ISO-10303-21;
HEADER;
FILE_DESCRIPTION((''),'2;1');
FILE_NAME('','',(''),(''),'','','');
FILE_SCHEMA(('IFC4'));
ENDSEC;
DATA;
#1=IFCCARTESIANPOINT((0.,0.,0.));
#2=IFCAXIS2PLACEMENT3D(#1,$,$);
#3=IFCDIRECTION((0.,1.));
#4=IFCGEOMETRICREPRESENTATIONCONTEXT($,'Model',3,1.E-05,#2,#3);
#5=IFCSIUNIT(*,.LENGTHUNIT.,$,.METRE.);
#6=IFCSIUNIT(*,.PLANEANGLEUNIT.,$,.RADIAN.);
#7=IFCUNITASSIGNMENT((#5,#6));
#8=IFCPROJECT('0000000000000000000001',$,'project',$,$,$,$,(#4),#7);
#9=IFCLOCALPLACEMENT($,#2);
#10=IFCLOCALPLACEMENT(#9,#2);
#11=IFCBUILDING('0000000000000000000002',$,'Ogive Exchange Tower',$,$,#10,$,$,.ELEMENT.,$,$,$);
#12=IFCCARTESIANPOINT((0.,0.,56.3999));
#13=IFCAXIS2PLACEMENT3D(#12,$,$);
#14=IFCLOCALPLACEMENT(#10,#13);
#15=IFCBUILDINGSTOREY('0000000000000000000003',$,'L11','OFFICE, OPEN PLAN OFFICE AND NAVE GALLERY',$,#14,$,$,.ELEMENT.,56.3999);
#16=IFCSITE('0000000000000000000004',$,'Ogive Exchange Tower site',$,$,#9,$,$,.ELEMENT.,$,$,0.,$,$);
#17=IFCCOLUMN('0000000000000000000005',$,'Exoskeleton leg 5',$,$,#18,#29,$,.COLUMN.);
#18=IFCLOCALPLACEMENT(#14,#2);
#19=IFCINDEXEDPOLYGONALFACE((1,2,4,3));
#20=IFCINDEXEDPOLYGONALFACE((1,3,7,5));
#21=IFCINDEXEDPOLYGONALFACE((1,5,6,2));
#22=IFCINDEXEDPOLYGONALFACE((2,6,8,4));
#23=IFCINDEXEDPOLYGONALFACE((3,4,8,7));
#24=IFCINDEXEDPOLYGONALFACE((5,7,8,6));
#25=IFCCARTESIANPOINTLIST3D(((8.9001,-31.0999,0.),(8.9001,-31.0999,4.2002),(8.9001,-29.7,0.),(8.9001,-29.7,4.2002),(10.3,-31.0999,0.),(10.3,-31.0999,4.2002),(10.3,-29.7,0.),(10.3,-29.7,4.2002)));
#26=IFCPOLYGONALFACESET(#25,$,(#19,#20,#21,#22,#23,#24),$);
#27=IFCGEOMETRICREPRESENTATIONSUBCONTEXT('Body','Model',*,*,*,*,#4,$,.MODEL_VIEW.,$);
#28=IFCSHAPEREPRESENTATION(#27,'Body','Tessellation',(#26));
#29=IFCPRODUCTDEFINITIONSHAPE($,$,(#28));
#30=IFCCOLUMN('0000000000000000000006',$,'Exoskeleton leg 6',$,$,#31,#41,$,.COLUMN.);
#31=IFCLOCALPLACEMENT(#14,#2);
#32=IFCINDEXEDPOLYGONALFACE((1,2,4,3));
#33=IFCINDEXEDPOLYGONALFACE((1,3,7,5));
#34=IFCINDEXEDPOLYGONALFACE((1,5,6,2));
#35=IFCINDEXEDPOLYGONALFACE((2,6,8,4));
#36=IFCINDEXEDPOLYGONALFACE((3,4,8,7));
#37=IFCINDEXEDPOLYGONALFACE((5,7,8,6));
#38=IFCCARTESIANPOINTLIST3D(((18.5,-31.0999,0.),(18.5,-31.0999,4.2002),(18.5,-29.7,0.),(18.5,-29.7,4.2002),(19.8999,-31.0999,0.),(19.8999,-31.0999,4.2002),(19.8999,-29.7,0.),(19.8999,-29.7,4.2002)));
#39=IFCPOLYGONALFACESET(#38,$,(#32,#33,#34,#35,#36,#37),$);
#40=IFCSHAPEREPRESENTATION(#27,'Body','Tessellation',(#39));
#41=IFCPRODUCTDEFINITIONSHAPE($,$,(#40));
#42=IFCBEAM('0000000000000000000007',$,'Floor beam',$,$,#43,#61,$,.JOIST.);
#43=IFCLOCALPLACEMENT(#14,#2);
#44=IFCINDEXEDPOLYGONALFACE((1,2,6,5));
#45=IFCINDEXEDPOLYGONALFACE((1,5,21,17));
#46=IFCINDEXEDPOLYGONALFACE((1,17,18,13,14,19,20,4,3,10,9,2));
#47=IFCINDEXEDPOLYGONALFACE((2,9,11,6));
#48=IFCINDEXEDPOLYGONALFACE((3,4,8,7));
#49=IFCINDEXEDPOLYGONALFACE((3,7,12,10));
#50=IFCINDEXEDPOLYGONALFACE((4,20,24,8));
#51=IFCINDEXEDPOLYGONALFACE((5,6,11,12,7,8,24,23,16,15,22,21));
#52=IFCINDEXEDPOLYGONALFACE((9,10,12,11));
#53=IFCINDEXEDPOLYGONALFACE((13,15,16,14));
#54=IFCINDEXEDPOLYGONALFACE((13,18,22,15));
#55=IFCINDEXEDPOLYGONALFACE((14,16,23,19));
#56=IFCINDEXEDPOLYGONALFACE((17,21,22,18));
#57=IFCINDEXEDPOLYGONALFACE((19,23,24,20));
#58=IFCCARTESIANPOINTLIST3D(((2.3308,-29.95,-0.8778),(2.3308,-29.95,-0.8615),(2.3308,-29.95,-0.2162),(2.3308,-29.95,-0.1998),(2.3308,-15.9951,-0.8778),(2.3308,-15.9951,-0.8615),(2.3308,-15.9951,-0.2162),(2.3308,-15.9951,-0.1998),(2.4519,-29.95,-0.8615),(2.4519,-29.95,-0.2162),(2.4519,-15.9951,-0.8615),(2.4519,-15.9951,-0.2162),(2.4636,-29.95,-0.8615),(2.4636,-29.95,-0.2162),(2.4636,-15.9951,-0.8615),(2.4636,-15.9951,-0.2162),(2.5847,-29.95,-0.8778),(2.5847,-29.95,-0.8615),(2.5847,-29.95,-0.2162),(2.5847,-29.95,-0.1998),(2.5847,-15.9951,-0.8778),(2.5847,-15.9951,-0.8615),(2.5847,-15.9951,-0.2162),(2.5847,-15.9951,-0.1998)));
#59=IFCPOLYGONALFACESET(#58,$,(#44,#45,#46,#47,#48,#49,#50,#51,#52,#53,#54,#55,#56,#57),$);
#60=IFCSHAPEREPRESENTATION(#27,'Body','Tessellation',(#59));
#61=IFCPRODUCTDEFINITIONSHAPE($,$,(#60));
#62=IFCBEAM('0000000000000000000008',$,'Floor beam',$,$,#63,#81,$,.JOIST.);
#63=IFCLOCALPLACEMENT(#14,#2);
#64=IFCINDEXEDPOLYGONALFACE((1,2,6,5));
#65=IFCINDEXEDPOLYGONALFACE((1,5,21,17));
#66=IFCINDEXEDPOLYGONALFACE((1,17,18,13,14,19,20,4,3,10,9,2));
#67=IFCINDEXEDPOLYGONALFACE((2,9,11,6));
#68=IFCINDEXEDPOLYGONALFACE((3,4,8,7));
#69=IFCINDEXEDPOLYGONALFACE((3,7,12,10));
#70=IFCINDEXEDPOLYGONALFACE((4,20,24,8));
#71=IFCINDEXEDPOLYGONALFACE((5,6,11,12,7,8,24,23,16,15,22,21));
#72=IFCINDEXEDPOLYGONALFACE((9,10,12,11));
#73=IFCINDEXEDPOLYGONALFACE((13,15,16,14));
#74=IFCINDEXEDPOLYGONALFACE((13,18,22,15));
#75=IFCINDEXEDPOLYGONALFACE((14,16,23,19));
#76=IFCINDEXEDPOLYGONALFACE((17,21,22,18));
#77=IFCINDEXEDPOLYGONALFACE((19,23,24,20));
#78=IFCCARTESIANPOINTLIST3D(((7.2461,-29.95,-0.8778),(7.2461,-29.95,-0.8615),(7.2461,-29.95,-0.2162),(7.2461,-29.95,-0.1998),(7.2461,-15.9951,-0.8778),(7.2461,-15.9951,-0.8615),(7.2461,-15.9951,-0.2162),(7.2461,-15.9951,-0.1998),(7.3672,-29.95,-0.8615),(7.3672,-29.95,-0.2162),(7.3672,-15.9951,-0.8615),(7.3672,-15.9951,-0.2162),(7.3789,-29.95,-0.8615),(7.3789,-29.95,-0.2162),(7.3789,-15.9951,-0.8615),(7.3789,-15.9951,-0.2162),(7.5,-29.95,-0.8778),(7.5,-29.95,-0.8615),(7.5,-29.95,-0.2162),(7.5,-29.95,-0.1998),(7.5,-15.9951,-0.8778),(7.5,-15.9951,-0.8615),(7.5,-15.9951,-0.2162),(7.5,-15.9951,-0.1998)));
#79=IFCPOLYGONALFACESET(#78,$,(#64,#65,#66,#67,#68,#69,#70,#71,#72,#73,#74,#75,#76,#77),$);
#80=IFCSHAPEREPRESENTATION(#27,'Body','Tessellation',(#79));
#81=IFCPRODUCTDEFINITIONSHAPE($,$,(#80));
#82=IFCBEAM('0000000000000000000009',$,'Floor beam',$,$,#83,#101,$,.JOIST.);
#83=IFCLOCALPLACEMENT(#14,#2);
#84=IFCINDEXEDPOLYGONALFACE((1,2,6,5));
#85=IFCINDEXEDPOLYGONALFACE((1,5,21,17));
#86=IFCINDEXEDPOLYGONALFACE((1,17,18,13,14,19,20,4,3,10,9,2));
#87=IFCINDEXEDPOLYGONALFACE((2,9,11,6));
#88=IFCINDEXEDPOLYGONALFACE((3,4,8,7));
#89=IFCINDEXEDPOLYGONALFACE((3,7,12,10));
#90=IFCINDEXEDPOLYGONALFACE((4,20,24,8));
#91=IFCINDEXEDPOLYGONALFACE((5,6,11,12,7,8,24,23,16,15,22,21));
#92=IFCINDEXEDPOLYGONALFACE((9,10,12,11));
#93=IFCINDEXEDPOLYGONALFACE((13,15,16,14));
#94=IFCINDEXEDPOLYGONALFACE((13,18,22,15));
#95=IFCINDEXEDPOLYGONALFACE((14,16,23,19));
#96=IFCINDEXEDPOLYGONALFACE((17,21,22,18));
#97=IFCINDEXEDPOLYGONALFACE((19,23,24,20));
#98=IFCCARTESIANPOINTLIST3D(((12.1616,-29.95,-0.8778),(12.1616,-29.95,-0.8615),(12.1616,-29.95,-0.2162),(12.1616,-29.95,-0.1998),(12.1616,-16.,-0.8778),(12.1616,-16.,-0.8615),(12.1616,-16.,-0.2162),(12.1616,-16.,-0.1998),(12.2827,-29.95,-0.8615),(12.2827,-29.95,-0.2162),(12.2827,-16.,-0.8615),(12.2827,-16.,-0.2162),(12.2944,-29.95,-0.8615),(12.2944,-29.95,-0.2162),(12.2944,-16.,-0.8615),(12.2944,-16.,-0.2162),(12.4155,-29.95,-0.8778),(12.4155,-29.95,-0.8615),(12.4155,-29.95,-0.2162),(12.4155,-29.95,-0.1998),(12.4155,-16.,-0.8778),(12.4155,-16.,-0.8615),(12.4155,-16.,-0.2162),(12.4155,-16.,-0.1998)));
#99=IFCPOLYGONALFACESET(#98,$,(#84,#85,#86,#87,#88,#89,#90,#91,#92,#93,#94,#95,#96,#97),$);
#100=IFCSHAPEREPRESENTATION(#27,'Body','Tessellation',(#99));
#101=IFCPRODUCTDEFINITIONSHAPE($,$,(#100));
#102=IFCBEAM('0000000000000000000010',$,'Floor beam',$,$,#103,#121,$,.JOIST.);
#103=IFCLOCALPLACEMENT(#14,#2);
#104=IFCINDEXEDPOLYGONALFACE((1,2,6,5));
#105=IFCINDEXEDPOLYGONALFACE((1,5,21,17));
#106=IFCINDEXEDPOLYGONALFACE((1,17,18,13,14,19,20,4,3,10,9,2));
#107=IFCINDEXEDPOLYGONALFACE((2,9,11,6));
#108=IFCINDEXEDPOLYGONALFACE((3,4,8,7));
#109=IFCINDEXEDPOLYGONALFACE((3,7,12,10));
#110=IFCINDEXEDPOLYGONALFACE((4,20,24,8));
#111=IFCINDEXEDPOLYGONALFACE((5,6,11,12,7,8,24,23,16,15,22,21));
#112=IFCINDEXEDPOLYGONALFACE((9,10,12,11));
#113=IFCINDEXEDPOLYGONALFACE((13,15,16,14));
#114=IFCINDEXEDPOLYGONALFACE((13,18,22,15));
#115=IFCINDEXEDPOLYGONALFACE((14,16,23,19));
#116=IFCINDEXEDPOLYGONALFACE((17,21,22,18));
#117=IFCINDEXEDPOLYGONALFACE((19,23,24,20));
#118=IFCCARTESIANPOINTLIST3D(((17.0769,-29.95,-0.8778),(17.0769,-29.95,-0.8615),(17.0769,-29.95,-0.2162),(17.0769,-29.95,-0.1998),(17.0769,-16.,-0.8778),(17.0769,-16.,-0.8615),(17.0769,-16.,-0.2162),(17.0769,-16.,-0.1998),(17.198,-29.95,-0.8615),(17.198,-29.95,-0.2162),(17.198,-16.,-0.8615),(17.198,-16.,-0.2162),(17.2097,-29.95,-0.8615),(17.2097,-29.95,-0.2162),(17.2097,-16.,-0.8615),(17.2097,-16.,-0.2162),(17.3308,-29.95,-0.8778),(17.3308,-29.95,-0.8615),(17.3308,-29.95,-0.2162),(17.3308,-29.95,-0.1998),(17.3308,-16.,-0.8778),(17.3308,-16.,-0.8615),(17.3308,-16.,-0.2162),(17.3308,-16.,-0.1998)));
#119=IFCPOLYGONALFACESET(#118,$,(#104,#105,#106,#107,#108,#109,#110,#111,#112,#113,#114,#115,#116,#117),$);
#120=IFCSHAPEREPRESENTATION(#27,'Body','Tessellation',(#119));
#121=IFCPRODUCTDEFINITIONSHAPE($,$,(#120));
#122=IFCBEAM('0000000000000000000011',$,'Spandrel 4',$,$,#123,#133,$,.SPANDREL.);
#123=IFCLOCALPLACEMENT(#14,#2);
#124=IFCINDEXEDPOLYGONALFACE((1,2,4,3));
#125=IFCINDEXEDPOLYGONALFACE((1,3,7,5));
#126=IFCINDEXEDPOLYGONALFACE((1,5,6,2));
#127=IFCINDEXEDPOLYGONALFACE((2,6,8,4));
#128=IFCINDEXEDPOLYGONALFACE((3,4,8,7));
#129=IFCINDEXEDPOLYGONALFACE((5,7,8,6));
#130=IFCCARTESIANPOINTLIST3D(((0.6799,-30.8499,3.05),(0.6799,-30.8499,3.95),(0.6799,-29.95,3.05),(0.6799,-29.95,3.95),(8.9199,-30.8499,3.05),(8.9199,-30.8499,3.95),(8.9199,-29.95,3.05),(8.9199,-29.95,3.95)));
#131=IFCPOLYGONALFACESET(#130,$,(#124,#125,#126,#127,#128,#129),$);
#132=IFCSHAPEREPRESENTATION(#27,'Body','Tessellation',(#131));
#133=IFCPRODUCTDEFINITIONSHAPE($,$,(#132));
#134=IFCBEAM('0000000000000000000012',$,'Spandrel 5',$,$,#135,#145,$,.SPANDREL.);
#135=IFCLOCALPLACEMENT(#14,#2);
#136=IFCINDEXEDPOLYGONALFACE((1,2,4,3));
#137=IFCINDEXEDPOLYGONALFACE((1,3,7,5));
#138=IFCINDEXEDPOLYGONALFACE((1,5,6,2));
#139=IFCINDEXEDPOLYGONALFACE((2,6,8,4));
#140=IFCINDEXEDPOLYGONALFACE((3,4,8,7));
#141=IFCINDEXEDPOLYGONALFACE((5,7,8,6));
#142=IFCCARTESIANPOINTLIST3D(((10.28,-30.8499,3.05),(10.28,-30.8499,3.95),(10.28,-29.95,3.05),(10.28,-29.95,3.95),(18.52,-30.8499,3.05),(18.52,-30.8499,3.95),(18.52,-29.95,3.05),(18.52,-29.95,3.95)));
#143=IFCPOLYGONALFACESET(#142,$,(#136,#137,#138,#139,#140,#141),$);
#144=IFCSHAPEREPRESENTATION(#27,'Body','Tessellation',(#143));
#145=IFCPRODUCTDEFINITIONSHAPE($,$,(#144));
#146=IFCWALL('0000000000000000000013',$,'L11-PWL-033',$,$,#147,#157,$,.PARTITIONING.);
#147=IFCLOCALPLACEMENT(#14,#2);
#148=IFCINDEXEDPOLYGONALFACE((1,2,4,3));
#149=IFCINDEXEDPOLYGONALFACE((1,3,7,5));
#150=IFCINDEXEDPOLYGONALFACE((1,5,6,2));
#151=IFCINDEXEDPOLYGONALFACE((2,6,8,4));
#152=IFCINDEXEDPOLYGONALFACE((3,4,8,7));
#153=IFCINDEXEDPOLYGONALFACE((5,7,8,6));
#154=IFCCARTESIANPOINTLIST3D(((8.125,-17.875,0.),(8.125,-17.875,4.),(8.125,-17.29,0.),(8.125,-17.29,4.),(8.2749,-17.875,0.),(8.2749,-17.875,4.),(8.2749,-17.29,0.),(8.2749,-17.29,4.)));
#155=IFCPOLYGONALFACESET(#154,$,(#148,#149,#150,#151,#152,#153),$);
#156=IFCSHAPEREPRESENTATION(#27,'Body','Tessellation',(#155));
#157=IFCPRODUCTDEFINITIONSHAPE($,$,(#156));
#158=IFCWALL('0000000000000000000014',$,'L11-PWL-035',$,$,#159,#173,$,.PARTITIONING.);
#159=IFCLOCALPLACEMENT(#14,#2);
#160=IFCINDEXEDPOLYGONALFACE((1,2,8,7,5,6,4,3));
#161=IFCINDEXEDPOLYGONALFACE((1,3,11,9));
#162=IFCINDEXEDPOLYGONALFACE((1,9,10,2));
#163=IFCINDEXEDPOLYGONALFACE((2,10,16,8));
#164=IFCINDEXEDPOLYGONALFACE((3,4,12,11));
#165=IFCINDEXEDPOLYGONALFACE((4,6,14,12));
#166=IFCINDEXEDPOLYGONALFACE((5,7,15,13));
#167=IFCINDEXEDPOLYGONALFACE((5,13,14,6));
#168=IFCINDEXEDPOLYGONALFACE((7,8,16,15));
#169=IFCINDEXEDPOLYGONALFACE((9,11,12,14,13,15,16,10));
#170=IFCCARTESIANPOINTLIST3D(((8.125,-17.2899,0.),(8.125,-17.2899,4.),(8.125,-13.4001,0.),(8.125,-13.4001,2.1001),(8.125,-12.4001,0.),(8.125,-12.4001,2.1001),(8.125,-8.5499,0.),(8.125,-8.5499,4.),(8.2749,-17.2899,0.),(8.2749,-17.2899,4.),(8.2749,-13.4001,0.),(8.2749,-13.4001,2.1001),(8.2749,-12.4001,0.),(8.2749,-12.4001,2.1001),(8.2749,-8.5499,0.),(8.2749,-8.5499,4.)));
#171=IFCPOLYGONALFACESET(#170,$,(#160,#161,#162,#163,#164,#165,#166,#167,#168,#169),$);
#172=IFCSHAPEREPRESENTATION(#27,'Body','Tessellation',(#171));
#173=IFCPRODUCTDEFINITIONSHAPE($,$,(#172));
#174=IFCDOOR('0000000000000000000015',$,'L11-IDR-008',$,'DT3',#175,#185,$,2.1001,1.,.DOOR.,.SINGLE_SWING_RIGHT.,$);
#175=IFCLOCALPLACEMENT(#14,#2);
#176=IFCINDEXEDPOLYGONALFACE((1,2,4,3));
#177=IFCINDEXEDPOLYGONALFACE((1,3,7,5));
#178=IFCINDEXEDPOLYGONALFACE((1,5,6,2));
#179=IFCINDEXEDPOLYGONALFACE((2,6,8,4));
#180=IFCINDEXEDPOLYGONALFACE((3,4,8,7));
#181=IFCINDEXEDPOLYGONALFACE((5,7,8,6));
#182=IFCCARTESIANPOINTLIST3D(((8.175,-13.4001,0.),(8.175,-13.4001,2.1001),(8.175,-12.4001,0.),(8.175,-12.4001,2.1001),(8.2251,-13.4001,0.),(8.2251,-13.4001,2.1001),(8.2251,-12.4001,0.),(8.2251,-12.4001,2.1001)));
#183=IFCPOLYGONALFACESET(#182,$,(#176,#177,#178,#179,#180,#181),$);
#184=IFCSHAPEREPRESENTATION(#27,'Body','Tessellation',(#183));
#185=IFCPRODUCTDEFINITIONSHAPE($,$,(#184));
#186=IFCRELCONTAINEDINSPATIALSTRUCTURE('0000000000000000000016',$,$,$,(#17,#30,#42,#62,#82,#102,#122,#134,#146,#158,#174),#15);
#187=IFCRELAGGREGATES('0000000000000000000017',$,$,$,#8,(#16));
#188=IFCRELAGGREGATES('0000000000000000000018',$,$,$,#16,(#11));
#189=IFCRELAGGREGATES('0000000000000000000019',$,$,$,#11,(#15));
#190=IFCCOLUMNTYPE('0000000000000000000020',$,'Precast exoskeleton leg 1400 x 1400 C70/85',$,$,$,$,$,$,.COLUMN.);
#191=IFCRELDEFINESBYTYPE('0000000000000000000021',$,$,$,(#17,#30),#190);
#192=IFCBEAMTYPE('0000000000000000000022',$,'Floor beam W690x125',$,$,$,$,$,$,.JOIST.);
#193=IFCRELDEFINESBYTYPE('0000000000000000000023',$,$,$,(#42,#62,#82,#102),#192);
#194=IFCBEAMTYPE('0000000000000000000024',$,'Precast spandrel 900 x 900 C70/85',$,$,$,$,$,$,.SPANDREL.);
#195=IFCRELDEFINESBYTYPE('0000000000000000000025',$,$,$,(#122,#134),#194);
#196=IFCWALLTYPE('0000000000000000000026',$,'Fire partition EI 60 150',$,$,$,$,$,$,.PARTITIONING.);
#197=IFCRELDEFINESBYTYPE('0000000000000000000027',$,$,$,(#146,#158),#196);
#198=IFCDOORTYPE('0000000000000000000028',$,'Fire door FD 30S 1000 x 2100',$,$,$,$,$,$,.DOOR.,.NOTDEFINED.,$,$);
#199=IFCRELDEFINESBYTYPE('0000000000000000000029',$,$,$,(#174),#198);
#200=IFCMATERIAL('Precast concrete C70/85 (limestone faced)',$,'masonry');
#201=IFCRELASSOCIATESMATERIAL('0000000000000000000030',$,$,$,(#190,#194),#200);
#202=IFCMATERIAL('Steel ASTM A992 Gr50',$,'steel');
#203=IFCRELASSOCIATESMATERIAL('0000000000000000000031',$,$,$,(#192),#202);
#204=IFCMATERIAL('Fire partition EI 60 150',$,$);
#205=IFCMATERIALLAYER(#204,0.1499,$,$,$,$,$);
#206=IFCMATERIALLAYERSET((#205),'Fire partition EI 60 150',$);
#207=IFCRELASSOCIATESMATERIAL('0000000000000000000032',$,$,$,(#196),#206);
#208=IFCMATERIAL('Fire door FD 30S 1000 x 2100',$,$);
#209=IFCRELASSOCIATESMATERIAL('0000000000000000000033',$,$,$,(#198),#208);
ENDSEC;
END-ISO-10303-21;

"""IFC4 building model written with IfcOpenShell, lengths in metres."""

from ifc_helpers import new_model, si_unit, direction, frame, frame_2d, origin, origin_2d, place, context, subcontext, project, spatial, rectangle, i_section, extrude, material, layer, layer_set, material_profile, profile_set, type_object, element, fill, save


model = new_model("IFC4")

# Units and contexts
model_context = context("Model", 3, precision=1e-05, world=origin(), true_north=direction((0.0, 1.0)))
body_context = subcontext(model_context, "Body", "Model", "MODEL_VIEW")
ifc_project = project(units=[si_unit("LENGTHUNIT", "METRE"), si_unit("PLANEANGLEUNIT", "RADIAN")], contexts=[model_context])

# Site, building, storey
site_placement = place(None, origin())
site = spatial("IfcSite", under=ifc_project, at=site_placement, Name="Ogive Exchange Tower site", CompositionType="ELEMENT", RefElevation=0.0)
building_placement = place(site_placement, origin())
building = spatial("IfcBuilding", under=site, at=building_placement, Name="Ogive Exchange Tower", CompositionType="ELEMENT")
storey_placement = place(building_placement, frame((0.0, 0.0, 56.3999)))
storey = spatial("IfcBuildingStorey", under=building, at=storey_placement, Name="L11", Description="OFFICE, OPEN PLAN OFFICE AND NAVE GALLERY", CompositionType="ELEMENT", Elevation=56.3999)

# Columns
ifc_material_1 = material(Name="Precast concrete C70/85 (limestone faced)", Category="masonry")
ifc_material_profile_1 = material_profile(ifc_material_1, rectangle(XDim=1.3999, YDim=1.3999, at=origin_2d()), Name="1400 x 1400")
ifc_profile_set_1 = profile_set([ifc_material_profile_1], Name="Precast concrete C70/85 (limestone faced)")
column_type = type_object("IfcColumnType", Name="Precast exoskeleton leg 1400 x 1400 C70/85", PredefinedType="COLUMN", material=ifc_profile_set_1)
for number, where, z_axis, x_axis, name in (
    (1, (9.6001, -30.3999, 0.0), (0.0, 0.0, 1.0), (1.0, 0.0, 0.0), "Exoskeleton leg 5"),
    (2, (19.2, -30.3999, 0.0), (0.0, 0.0, 1.0), (1.0, 0.0, 0.0), "Exoskeleton leg 6"),
):
    element("IfcColumn", number, at=place(storey_placement, frame(where, z_axis=z_axis, x_axis=x_axis)), inside=storey, type_object=column_type, Name=name, PredefinedType="COLUMN", context=body_context, shape_type="SweptSolid", body=[
        extrude(rectangle(XDim=1.3999, YDim=1.3999, at=origin_2d()), origin(), (0.0, 0.0, 1.0), 4.2002),
    ])

# Beams
ifc_material_2 = material(Name="Steel ASTM A992 Gr50", Category="steel")
ifc_material_profile_2 = material_profile(ifc_material_2, i_section(OverallWidth=0.2539, OverallDepth=0.678, WebThickness=0.0117, FlangeThickness=0.0164, at=origin_2d()), Name="W690x125")
ifc_profile_set_2 = profile_set([ifc_material_profile_2], Name="Steel ASTM A992 Gr50")
beam_type_1 = type_object("IfcBeamType", Name="Floor beam W690x125", PredefinedType="JOIST", material=ifc_profile_set_2)
for number, where, z_axis, x_axis, name in (
    (3, (2.4578, -29.95, -0.5388), (0.0, 1.0, 0.0), (-1.0, 0.0, 0.0), "Floor beam"),
    (4, (7.373, -29.95, -0.5388), (0.0, 1.0, 0.0), (-1.0, 0.0, 0.0), "Floor beam"),
):
    element("IfcBeam", number, at=place(storey_placement, frame(where, z_axis=z_axis, x_axis=x_axis)), inside=storey, type_object=beam_type_1, Name=name, PredefinedType="JOIST", context=body_context, shape_type="SweptSolid", body=[
        extrude(i_section(OverallWidth=0.2539, OverallDepth=0.678, WebThickness=0.0117, FlangeThickness=0.0164, at=origin_2d()), origin(), (0.0, 0.0, 1.0), 13.9548),
    ])
for number, where, z_axis, x_axis, name in (
    (5, (12.2886, -29.95, -0.5388), (0.0, 1.0, 0.0), (-1.0, 0.0, 0.0), "Floor beam"),
    (6, (17.2039, -29.95, -0.5388), (0.0, 1.0, 0.0), (-1.0, 0.0, 0.0), "Floor beam"),
):
    element("IfcBeam", number, at=place(storey_placement, frame(where, z_axis=z_axis, x_axis=x_axis)), inside=storey, type_object=beam_type_1, Name=name, PredefinedType="JOIST", context=body_context, shape_type="SweptSolid", body=[
        extrude(i_section(OverallWidth=0.2539, OverallDepth=0.678, WebThickness=0.0117, FlangeThickness=0.0164, at=origin_2d()), origin(), (0.0, 0.0, 1.0), 13.95),
    ])
ifc_material_profile_3 = material_profile(ifc_material_1, rectangle(XDim=0.8999, YDim=0.8999, at=origin_2d()), Name="900 x 900")
ifc_profile_set_3 = profile_set([ifc_material_profile_3], Name="Precast concrete C70/85 (limestone faced)")
beam_type_2 = type_object("IfcBeamType", Name="Precast spandrel 900 x 900 C70/85", PredefinedType="SPANDREL", material=ifc_profile_set_3)
for number, where, z_axis, x_axis, name in (
    (7, (0.6799, -30.3999, 3.5), (1.0, 0.0, 0.0), (0.0, 1.0, 0.0), "Spandrel 4"),
    (8, (10.28, -30.3999, 3.5), (1.0, 0.0, 0.0), (0.0, 1.0, 0.0), "Spandrel 5"),
):
    element("IfcBeam", number, at=place(storey_placement, frame(where, z_axis=z_axis, x_axis=x_axis)), inside=storey, type_object=beam_type_2, Name=name, PredefinedType="SPANDREL", context=body_context, shape_type="SweptSolid", body=[
        extrude(rectangle(XDim=0.8999, YDim=0.8999, at=origin_2d()), origin(), (0.0, 0.0, 1.0), 8.24),
    ])

# Wall
ifc_material_3 = material(Name="Fire partition EI 60 150")
ifc_layer_1 = layer(ifc_material_3, 0.1499)
ifc_layer_set_1 = layer_set([ifc_layer_1], Name="Fire partition EI 60 150")
wall_type_1 = type_object("IfcWallType", Name="Fire partition EI 60 150", PredefinedType="PARTITIONING", material=ifc_layer_set_1)
wall_1_placement = place(storey_placement, frame((8.2, -17.875, 0.0), z_axis=(0.0, 0.0, 1.0), x_axis=(0.0, 1.0, 0.0)))
element("IfcWall", 9, at=wall_1_placement, inside=storey, type_object=wall_type_1, Name="L11-PWL-033", PredefinedType="PARTITIONING", context=body_context, shape_type="SweptSolid", body=[
    extrude(rectangle(XDim=0.585, YDim=0.1499, at=frame_2d((0.2925, 0.0))), origin(), (0.0, 0.0, 1.0), 4.0),
])

# Wall, opening, door
wall_2_placement = place(storey_placement, frame((8.2, -17.29, 0.0), z_axis=(0.0, 0.0, 1.0), x_axis=(0.0, 1.0, 0.0)))
wall_2 = element("IfcWall", 10, at=wall_2_placement, inside=storey, type_object=wall_type_1, Name="L11-PWL-035", PredefinedType="PARTITIONING", context=body_context, shape_type="SweptSolid", body=[
    extrude(rectangle(XDim=8.74, YDim=0.1499, at=frame_2d((4.3701, 0.0))), origin(), (0.0, 0.0, 1.0), 4.0),
])
opening_1_placement = place(wall_2_placement, frame((3.8899, 0.0, 0.0)))
opening_1 = element("IfcOpeningElement", 11, at=opening_1_placement, cuts=wall_2, PredefinedType="OPENING", context=body_context, shape_type="SweptSolid", body=[
    extrude(rectangle(XDim=1.0, YDim=2.1001, at=frame_2d((0.5, 1.05))), frame((0.0, 0.085, 0.0), z_axis=(0.0, -1.0, 0.0), x_axis=(1.0, 0.0, 0.0)), (0.0, 0.0, 1.0), 0.1699),
])
ifc_material_4 = material(Name="Fire door FD 30S 1000 x 2100")
door_type_1 = type_object("IfcDoorType", Name="Fire door FD 30S 1000 x 2100", OperationType="NOTDEFINED", PredefinedType="DOOR", material=ifc_material_4)
door_1_placement = place(opening_1_placement, origin())
door_1 = element("IfcDoor", 12, at=door_1_placement, inside=storey, type_object=door_type_1, Name="L11-IDR-008", ObjectType="DT3", OperationType="SINGLE_SWING_RIGHT", OverallHeight=2.1001, OverallWidth=1.0, PredefinedType="DOOR", context=body_context, shape_type="SweptSolid", body=[
    extrude(rectangle(XDim=1.0, YDim=2.1001, at=frame_2d((0.5, 1.05))), frame((0.0, 0.0249, 0.0), z_axis=(0.0, -1.0, 0.0), x_axis=(1.0, 0.0, 0.0)), (0.0, 0.0, 1.0), 0.05),
])
fill(opening_1, door_1)

save(model, "model.ifc")
